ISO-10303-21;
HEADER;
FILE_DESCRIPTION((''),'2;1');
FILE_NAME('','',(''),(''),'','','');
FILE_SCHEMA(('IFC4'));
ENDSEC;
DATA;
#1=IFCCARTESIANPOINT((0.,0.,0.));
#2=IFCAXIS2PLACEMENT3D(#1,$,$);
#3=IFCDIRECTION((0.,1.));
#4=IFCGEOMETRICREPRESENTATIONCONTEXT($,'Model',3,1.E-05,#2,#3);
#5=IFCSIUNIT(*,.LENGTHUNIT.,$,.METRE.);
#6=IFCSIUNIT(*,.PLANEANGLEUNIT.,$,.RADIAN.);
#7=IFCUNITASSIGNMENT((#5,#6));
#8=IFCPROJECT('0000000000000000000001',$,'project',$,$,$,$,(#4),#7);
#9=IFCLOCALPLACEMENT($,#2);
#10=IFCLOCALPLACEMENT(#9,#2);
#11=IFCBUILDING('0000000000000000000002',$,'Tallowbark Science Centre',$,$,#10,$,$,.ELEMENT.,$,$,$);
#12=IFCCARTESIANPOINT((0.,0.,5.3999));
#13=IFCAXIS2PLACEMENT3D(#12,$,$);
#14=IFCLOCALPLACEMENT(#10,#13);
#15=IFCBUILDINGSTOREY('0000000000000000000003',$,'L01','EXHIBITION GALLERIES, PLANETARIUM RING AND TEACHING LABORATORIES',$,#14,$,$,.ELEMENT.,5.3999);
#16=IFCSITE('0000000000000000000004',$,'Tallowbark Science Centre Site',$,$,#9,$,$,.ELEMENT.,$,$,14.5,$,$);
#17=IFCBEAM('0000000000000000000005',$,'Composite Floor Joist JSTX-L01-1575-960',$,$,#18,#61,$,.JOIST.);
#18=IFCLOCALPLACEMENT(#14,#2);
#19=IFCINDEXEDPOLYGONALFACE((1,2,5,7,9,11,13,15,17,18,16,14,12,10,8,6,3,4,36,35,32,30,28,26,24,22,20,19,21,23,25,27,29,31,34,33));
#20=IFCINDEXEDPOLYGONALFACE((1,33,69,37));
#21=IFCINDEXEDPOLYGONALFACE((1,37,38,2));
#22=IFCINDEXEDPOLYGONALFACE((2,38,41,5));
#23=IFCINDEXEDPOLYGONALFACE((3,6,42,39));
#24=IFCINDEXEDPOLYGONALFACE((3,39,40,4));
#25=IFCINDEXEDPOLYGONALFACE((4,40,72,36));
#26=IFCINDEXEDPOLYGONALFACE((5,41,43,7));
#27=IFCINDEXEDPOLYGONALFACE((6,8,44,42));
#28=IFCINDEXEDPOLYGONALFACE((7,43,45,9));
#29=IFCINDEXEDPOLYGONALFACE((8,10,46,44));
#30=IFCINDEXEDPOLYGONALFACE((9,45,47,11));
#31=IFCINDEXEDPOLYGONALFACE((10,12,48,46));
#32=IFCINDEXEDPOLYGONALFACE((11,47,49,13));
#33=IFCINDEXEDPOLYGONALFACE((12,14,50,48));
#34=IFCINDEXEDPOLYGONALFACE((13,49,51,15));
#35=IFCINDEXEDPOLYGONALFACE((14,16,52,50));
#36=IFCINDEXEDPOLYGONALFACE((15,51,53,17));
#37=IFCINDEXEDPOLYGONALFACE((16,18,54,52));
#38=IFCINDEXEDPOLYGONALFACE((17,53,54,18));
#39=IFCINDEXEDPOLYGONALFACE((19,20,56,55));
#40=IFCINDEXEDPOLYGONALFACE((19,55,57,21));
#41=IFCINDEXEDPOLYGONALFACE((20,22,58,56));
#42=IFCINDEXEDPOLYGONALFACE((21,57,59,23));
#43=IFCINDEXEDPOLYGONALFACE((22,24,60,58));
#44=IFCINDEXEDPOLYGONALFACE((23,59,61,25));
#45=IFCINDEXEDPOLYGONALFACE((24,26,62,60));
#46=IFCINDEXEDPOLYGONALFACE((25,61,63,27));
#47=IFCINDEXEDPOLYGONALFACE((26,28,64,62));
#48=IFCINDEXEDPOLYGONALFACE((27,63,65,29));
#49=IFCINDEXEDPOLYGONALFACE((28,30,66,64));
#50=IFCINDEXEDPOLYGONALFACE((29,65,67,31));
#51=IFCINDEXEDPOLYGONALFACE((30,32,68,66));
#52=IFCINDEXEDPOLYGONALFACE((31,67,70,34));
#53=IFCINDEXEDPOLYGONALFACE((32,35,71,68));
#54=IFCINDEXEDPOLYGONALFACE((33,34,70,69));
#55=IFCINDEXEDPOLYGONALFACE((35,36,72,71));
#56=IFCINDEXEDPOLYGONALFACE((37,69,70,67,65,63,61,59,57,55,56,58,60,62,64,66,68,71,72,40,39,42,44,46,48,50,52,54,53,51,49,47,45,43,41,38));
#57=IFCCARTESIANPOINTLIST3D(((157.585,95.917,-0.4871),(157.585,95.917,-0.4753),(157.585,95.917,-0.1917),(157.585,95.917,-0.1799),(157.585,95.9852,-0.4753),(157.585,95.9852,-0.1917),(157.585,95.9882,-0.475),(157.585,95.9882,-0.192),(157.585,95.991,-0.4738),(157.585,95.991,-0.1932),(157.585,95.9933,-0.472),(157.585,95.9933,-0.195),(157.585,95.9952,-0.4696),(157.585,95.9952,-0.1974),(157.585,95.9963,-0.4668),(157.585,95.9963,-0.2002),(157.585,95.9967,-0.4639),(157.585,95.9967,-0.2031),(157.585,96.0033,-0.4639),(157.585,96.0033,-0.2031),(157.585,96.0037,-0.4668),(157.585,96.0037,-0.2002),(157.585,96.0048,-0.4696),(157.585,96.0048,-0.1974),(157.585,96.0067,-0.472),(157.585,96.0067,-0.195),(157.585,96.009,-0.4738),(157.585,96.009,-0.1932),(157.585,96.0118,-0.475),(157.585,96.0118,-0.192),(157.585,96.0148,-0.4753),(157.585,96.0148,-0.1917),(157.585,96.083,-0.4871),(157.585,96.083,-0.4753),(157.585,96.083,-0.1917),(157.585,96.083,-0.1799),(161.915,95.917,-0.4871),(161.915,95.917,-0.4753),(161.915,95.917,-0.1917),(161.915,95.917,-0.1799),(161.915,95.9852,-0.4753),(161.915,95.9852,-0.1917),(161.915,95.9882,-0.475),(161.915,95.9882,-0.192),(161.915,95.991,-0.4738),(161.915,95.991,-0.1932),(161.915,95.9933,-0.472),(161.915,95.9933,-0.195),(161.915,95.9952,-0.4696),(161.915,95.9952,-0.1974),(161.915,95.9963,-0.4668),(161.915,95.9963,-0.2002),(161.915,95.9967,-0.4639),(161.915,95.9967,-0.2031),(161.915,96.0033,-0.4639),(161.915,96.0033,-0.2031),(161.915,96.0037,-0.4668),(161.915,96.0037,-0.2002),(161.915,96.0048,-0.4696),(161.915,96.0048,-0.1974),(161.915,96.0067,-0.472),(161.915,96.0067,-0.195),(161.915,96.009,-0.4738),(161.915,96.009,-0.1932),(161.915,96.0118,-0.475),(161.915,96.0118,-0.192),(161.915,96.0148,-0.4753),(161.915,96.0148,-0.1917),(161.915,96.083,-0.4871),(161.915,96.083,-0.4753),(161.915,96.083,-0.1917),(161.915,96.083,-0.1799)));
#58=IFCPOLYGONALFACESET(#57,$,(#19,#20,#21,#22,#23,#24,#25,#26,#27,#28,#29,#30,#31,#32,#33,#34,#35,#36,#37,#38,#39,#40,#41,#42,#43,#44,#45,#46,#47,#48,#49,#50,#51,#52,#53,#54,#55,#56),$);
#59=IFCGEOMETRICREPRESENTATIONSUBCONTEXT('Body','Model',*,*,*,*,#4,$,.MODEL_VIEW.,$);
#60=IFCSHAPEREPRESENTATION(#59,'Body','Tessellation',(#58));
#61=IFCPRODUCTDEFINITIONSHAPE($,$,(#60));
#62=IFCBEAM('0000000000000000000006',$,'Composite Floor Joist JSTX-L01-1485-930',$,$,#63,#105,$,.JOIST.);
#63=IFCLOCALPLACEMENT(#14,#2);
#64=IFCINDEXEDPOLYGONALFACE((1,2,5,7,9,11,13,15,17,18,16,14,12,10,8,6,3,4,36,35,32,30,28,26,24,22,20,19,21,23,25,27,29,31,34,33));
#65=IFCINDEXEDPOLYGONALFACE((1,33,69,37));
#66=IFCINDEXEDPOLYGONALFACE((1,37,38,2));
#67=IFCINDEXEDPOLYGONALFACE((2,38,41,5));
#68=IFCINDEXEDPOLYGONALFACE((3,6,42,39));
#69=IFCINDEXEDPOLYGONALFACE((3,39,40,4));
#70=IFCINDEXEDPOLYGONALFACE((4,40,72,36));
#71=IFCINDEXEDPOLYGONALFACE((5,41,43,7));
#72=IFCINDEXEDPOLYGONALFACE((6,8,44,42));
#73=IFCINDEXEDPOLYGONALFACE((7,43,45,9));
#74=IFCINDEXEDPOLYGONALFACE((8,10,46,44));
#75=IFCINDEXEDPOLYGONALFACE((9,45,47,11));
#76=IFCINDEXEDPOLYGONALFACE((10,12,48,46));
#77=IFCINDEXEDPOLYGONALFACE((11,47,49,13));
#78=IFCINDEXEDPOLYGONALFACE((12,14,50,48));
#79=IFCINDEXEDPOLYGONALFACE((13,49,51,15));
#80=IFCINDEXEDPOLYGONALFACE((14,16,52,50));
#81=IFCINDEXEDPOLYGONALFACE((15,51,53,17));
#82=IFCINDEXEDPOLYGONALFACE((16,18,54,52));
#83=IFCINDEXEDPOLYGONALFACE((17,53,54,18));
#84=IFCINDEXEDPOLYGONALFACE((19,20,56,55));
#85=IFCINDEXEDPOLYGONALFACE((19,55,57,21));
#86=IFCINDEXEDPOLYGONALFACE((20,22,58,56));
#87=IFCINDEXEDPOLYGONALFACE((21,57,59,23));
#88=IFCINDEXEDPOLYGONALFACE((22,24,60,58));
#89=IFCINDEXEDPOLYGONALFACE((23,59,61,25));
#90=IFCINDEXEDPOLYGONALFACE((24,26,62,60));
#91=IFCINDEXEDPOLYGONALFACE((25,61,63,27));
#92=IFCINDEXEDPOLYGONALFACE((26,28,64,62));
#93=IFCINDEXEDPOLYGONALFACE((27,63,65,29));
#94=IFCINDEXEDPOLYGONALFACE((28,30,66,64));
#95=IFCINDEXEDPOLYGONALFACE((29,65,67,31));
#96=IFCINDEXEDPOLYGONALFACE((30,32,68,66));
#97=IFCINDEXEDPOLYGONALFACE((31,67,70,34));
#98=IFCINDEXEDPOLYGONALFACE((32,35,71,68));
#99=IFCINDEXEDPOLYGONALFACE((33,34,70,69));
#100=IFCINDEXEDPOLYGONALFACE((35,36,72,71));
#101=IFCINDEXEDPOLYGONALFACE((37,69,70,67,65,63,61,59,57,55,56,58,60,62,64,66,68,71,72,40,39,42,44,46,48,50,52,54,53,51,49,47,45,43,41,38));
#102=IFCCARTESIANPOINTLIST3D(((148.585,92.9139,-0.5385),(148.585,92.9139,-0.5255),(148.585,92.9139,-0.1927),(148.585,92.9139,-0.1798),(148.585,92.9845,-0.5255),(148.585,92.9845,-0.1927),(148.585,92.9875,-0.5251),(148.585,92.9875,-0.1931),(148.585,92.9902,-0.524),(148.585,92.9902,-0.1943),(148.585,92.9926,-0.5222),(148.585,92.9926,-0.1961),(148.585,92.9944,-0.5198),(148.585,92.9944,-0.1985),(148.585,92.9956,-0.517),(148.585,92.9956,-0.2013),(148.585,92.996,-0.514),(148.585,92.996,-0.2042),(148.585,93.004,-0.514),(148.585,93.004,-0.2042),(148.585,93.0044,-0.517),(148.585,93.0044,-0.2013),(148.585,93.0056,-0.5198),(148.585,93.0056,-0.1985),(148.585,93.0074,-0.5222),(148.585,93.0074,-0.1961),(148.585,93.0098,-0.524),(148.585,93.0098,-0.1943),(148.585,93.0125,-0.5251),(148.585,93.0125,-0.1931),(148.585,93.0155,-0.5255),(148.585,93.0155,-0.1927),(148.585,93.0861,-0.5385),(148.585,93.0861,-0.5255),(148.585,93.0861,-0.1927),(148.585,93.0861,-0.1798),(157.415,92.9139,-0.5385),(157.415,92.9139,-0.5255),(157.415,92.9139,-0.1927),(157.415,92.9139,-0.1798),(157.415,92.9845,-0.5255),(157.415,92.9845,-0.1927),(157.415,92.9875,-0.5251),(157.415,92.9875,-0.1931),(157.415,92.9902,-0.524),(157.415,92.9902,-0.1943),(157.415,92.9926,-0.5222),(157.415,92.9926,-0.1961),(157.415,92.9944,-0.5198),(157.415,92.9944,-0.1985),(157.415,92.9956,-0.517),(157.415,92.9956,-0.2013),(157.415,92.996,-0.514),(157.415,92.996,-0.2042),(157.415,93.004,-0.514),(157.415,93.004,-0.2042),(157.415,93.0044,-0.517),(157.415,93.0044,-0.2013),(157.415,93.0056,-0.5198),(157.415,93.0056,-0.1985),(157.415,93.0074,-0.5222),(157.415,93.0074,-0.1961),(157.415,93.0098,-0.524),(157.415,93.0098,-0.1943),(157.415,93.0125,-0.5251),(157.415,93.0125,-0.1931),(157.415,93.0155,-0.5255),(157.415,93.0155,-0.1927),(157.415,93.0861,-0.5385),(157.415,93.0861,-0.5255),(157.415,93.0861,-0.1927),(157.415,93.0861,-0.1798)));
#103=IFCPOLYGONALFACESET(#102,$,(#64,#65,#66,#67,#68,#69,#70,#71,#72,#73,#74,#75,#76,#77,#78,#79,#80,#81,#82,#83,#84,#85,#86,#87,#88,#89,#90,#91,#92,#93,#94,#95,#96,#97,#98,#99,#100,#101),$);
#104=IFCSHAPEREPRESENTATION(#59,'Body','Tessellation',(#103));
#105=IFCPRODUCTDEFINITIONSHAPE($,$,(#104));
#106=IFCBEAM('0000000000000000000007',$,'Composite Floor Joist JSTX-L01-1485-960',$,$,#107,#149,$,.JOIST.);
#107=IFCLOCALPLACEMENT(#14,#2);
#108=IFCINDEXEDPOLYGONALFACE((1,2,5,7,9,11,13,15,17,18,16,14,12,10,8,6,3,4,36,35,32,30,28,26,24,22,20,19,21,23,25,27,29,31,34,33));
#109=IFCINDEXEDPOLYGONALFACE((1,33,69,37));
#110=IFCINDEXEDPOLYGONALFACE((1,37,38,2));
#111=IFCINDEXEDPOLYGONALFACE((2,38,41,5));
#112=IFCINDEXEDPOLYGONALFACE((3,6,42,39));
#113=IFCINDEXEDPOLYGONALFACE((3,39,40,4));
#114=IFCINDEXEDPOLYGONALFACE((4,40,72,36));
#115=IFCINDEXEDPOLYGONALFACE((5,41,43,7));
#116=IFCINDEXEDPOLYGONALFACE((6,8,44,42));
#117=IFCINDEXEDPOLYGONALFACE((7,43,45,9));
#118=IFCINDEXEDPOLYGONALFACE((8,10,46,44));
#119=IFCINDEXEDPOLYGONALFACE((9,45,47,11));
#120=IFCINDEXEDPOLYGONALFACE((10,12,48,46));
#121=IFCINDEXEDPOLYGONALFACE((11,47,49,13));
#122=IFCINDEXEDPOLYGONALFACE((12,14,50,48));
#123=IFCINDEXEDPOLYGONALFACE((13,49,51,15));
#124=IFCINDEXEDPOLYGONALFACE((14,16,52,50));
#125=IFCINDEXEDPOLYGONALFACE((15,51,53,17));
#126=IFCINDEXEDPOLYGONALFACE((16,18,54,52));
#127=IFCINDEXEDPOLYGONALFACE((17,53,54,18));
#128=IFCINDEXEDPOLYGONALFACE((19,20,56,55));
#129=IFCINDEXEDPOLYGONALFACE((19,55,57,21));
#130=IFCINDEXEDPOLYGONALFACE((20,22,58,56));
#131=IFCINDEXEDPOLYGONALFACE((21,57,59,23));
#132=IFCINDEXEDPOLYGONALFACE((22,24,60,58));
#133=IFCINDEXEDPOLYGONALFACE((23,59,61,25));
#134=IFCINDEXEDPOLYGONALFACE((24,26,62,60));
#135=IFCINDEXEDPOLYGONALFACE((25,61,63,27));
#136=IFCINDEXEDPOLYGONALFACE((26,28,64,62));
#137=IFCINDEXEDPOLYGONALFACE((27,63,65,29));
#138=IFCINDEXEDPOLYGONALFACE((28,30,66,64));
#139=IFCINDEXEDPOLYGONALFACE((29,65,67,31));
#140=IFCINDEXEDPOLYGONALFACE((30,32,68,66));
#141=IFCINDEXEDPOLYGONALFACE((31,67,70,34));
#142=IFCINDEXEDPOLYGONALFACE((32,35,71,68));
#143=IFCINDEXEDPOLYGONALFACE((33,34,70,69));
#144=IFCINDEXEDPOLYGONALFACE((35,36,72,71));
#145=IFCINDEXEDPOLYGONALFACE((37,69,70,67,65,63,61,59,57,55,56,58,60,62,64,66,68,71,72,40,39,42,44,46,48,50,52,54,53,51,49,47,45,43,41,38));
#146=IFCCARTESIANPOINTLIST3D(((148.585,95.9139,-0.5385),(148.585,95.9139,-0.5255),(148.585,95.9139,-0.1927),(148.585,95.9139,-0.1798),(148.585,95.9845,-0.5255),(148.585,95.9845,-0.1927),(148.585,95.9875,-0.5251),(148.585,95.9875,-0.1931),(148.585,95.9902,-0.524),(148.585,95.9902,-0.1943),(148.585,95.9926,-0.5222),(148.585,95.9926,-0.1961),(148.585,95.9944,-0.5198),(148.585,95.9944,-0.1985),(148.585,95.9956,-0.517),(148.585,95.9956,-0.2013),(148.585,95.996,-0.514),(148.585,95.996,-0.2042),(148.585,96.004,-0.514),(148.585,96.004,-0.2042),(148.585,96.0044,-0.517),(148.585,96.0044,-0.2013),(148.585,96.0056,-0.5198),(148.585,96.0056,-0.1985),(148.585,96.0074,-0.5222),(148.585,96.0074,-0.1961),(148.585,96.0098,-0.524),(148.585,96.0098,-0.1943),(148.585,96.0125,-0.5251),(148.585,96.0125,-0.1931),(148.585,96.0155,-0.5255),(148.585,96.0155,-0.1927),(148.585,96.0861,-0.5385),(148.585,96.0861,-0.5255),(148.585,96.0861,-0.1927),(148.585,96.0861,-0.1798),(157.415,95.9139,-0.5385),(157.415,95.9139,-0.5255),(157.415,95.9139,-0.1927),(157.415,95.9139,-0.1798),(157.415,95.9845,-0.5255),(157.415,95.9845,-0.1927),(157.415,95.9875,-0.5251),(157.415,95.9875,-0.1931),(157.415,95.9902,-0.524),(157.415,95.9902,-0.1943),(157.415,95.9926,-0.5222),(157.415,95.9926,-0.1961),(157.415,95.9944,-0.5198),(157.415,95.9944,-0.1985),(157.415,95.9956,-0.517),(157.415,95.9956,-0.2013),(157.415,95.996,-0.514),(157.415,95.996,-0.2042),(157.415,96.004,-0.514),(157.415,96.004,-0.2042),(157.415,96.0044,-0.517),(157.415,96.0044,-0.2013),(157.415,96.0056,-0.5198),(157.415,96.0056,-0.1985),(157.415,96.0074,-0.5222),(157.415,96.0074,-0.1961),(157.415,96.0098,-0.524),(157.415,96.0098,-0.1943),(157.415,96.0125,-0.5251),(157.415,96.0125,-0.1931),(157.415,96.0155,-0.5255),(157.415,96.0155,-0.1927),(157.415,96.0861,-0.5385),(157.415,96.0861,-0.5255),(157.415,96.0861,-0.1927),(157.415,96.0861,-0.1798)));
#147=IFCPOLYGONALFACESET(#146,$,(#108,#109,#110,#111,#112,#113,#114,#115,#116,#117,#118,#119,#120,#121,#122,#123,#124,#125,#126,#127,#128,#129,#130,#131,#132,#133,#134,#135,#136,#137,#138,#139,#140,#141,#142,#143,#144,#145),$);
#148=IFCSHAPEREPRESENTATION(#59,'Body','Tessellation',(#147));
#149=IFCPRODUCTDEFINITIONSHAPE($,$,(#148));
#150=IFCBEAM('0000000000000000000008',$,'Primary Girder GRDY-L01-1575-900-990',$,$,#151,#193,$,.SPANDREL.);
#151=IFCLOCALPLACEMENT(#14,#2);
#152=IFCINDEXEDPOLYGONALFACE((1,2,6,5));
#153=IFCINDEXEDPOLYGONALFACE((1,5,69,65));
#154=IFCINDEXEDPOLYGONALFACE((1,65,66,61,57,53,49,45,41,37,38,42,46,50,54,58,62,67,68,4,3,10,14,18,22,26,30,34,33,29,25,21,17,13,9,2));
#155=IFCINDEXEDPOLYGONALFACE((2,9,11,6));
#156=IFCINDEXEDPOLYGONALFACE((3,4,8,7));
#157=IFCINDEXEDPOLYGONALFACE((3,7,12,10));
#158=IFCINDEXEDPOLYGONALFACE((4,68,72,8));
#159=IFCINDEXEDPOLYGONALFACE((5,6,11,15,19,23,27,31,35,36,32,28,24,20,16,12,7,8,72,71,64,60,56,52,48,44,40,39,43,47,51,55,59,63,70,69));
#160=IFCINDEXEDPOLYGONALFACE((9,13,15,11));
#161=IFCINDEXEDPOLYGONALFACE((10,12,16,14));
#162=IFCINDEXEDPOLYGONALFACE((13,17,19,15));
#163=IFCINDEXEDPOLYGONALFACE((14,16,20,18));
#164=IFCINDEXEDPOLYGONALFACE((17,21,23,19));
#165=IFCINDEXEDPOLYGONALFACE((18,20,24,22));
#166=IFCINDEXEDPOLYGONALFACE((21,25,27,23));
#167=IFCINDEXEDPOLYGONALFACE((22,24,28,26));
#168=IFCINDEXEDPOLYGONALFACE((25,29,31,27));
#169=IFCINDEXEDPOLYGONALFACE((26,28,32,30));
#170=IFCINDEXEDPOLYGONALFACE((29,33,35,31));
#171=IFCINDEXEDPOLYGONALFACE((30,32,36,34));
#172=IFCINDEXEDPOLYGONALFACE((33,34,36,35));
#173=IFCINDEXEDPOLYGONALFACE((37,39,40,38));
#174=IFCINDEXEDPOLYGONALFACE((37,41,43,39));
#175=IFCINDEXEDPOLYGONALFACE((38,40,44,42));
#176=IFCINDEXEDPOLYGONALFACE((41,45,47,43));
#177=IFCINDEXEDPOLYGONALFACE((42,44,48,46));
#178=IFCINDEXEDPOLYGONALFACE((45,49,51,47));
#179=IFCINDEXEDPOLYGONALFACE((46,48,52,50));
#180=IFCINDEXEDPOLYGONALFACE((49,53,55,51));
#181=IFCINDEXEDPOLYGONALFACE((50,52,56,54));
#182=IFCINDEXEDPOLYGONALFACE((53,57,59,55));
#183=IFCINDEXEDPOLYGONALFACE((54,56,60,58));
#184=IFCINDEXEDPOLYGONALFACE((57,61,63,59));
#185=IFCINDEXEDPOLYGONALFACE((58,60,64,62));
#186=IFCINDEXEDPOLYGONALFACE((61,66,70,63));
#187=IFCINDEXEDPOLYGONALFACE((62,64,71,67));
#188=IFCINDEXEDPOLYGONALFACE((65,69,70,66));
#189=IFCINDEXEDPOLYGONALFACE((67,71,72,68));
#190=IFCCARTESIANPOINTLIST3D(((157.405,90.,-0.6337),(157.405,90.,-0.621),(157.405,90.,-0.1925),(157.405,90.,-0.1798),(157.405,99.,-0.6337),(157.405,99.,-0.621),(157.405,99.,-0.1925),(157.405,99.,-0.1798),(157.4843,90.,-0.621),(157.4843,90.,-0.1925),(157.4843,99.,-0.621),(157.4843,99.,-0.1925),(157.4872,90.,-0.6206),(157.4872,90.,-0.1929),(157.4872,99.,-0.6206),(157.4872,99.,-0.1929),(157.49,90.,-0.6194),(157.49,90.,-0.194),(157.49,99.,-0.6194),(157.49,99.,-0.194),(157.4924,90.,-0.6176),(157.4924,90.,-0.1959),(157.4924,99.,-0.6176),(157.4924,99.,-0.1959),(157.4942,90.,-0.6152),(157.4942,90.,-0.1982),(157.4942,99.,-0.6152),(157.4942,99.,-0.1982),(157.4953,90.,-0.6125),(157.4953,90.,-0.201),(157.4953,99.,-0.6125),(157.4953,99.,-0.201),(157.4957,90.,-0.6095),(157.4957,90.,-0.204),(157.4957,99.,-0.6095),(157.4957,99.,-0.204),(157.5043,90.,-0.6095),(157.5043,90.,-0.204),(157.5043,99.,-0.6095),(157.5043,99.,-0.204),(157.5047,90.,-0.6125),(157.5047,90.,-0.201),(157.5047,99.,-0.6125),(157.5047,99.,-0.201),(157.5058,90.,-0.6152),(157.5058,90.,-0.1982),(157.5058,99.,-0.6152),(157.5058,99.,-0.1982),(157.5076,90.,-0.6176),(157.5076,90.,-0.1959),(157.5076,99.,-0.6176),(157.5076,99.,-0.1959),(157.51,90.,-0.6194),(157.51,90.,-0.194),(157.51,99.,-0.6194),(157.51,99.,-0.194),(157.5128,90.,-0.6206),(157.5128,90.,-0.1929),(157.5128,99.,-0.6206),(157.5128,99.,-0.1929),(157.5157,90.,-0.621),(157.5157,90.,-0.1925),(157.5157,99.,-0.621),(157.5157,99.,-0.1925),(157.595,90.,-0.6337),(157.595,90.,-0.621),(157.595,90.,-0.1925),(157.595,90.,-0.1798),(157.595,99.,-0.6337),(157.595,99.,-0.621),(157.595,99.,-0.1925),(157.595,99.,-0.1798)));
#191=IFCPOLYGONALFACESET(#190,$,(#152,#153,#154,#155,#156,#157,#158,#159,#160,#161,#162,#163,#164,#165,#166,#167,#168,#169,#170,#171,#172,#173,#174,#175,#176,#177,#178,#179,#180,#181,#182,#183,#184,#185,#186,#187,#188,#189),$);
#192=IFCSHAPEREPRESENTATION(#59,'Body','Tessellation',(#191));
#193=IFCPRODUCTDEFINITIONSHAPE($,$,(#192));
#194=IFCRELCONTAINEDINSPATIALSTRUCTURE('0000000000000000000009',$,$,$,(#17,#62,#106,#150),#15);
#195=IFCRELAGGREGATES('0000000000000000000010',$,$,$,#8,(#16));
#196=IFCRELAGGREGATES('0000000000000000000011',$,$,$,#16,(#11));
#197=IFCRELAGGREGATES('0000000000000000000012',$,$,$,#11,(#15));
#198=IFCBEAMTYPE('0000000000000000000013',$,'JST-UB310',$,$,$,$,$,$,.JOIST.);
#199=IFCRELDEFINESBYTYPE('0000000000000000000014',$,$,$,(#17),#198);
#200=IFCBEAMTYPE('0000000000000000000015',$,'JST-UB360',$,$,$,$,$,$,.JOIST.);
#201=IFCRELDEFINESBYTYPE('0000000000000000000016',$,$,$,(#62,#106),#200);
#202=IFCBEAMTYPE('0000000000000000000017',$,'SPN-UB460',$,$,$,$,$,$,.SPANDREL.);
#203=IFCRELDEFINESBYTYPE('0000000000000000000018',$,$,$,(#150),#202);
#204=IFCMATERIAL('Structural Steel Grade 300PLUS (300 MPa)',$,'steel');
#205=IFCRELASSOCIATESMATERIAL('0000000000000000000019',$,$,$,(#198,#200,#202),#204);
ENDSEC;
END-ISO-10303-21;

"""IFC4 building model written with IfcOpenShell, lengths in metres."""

from ifc_helpers import new_model, si_unit, direction, frame, origin, origin_2d, place, context, subcontext, project, spatial, i_section, extrude, material, material_profile, profile_set, type_object, element, save


model = new_model("IFC4")

# Units and contexts
model_context = context("Model", 3, precision=1e-05, world=origin(), true_north=direction((0.0, 1.0)))
body_context = subcontext(model_context, "Body", "Model", "MODEL_VIEW")
ifc_project = project(units=[si_unit("LENGTHUNIT", "METRE"), si_unit("PLANEANGLEUNIT", "RADIAN")], contexts=[model_context])

# Site, building, storey
site_placement = place(None, origin())
site = spatial("IfcSite", under=ifc_project, at=site_placement, Name="Tallowbark Science Centre Site", CompositionType="ELEMENT", RefElevation=14.5)
building_placement = place(site_placement, origin())
building = spatial("IfcBuilding", under=site, at=building_placement, Name="Tallowbark Science Centre", CompositionType="ELEMENT")
storey_placement = place(building_placement, frame((0.0, 0.0, 5.3999)))
storey = spatial("IfcBuildingStorey", under=building, at=storey_placement, Name="L01", Description="EXHIBITION GALLERIES, PLANETARIUM RING AND TEACHING LABORATORIES", CompositionType="ELEMENT", Elevation=5.3999)

# Shared definitions
ifc_material_1 = material(Name="Structural Steel Grade 300PLUS (300 MPa)", Category="steel")

# Beams
ifc_material_profile_1 = material_profile(ifc_material_1, i_section(OverallWidth=0.166, OverallDepth=0.3071, WebThickness=0.0066, FlangeThickness=0.0117, FilletRadius=0.0115, at=origin_2d()), Name="310UB46.2")
ifc_profile_set_1 = profile_set([ifc_material_profile_1], Name="Structural Steel Grade 300PLUS (300 MPa)")
beam_type_1 = type_object("IfcBeamType", Name="JST-UB310", PredefinedType="JOIST", material=ifc_profile_set_1)
for number, where, z_axis, x_axis, name in (
    (1, (157.585, 96.0, -0.3335), (1.0, 0.0, 0.0), (0.0, 1.0, 0.0), "Composite Floor Joist JSTX-L01-1575-960"),
):
    element("IfcBeam", number, at=place(storey_placement, frame(where, z_axis=z_axis, x_axis=x_axis)), inside=storey, type_object=beam_type_1, Name=name, PredefinedType="JOIST", context=body_context, shape_type="SweptSolid", body=[
        extrude(i_section(OverallWidth=0.166, OverallDepth=0.3071, WebThickness=0.0066, FlangeThickness=0.0117, FilletRadius=0.0115, at=origin_2d()), origin(), (0.0, 0.0, 1.0), 4.3301),
    ])
ifc_material_profile_2 = material_profile(ifc_material_1, i_section(OverallWidth=0.1721, OverallDepth=0.3586, WebThickness=0.0081, FlangeThickness=0.0129, FilletRadius=0.0115, at=origin_2d()), Name="360UB56.7")
ifc_profile_set_2 = profile_set([ifc_material_profile_2], Name="Structural Steel Grade 300PLUS (300 MPa)")
beam_type_2 = type_object("IfcBeamType", Name="JST-UB360", PredefinedType="JOIST", material=ifc_profile_set_2)
for number, where, z_axis, x_axis, name in (
    (2, (148.585, 93.0, -0.3591), (1.0, 0.0, 0.0), (0.0, 1.0, 0.0), "Composite Floor Joist JSTX-L01-1485-930"),
    (3, (148.585, 96.0, -0.3591), (1.0, 0.0, 0.0), (0.0, 1.0, 0.0), "Composite Floor Joist JSTX-L01-1485-960"),
):
    element("IfcBeam", number, at=place(storey_placement, frame(where, z_axis=z_axis, x_axis=x_axis)), inside=storey, type_object=beam_type_2, Name=name, PredefinedType="JOIST", context=body_context, shape_type="SweptSolid", body=[
        extrude(i_section(OverallWidth=0.1721, OverallDepth=0.3586, WebThickness=0.0081, FlangeThickness=0.0129, FilletRadius=0.0115, at=origin_2d()), origin(), (0.0, 0.0, 1.0), 8.8301),
    ])
ifc_material_profile_3 = material_profile(ifc_material_1, i_section(OverallWidth=0.1899, OverallDepth=0.4539, WebThickness=0.0085, FlangeThickness=0.0127, FilletRadius=0.0115, at=origin_2d()), Name="460UB67.1")
ifc_profile_set_3 = profile_set([ifc_material_profile_3], Name="Structural Steel Grade 300PLUS (300 MPa)")
beam_type_3 = type_object("IfcBeamType", Name="SPN-UB460", PredefinedType="SPANDREL", material=ifc_profile_set_3)
beam_1_placement = place(storey_placement, frame((157.5, 90.0, -0.4067), z_axis=(0.0, 1.0, 0.0), x_axis=(-1.0, 0.0, 0.0)))
element("IfcBeam", 4, at=beam_1_placement, inside=storey, type_object=beam_type_3, Name="Primary Girder GRDY-L01-1575-900-990", PredefinedType="SPANDREL", context=body_context, shape_type="SweptSolid", body=[
    extrude(i_section(OverallWidth=0.1899, OverallDepth=0.4539, WebThickness=0.0085, FlangeThickness=0.0127, FilletRadius=0.0115, at=origin_2d()), origin(), (0.0, 0.0, 1.0), 9.0),
])

save(model, "model.ifc")
